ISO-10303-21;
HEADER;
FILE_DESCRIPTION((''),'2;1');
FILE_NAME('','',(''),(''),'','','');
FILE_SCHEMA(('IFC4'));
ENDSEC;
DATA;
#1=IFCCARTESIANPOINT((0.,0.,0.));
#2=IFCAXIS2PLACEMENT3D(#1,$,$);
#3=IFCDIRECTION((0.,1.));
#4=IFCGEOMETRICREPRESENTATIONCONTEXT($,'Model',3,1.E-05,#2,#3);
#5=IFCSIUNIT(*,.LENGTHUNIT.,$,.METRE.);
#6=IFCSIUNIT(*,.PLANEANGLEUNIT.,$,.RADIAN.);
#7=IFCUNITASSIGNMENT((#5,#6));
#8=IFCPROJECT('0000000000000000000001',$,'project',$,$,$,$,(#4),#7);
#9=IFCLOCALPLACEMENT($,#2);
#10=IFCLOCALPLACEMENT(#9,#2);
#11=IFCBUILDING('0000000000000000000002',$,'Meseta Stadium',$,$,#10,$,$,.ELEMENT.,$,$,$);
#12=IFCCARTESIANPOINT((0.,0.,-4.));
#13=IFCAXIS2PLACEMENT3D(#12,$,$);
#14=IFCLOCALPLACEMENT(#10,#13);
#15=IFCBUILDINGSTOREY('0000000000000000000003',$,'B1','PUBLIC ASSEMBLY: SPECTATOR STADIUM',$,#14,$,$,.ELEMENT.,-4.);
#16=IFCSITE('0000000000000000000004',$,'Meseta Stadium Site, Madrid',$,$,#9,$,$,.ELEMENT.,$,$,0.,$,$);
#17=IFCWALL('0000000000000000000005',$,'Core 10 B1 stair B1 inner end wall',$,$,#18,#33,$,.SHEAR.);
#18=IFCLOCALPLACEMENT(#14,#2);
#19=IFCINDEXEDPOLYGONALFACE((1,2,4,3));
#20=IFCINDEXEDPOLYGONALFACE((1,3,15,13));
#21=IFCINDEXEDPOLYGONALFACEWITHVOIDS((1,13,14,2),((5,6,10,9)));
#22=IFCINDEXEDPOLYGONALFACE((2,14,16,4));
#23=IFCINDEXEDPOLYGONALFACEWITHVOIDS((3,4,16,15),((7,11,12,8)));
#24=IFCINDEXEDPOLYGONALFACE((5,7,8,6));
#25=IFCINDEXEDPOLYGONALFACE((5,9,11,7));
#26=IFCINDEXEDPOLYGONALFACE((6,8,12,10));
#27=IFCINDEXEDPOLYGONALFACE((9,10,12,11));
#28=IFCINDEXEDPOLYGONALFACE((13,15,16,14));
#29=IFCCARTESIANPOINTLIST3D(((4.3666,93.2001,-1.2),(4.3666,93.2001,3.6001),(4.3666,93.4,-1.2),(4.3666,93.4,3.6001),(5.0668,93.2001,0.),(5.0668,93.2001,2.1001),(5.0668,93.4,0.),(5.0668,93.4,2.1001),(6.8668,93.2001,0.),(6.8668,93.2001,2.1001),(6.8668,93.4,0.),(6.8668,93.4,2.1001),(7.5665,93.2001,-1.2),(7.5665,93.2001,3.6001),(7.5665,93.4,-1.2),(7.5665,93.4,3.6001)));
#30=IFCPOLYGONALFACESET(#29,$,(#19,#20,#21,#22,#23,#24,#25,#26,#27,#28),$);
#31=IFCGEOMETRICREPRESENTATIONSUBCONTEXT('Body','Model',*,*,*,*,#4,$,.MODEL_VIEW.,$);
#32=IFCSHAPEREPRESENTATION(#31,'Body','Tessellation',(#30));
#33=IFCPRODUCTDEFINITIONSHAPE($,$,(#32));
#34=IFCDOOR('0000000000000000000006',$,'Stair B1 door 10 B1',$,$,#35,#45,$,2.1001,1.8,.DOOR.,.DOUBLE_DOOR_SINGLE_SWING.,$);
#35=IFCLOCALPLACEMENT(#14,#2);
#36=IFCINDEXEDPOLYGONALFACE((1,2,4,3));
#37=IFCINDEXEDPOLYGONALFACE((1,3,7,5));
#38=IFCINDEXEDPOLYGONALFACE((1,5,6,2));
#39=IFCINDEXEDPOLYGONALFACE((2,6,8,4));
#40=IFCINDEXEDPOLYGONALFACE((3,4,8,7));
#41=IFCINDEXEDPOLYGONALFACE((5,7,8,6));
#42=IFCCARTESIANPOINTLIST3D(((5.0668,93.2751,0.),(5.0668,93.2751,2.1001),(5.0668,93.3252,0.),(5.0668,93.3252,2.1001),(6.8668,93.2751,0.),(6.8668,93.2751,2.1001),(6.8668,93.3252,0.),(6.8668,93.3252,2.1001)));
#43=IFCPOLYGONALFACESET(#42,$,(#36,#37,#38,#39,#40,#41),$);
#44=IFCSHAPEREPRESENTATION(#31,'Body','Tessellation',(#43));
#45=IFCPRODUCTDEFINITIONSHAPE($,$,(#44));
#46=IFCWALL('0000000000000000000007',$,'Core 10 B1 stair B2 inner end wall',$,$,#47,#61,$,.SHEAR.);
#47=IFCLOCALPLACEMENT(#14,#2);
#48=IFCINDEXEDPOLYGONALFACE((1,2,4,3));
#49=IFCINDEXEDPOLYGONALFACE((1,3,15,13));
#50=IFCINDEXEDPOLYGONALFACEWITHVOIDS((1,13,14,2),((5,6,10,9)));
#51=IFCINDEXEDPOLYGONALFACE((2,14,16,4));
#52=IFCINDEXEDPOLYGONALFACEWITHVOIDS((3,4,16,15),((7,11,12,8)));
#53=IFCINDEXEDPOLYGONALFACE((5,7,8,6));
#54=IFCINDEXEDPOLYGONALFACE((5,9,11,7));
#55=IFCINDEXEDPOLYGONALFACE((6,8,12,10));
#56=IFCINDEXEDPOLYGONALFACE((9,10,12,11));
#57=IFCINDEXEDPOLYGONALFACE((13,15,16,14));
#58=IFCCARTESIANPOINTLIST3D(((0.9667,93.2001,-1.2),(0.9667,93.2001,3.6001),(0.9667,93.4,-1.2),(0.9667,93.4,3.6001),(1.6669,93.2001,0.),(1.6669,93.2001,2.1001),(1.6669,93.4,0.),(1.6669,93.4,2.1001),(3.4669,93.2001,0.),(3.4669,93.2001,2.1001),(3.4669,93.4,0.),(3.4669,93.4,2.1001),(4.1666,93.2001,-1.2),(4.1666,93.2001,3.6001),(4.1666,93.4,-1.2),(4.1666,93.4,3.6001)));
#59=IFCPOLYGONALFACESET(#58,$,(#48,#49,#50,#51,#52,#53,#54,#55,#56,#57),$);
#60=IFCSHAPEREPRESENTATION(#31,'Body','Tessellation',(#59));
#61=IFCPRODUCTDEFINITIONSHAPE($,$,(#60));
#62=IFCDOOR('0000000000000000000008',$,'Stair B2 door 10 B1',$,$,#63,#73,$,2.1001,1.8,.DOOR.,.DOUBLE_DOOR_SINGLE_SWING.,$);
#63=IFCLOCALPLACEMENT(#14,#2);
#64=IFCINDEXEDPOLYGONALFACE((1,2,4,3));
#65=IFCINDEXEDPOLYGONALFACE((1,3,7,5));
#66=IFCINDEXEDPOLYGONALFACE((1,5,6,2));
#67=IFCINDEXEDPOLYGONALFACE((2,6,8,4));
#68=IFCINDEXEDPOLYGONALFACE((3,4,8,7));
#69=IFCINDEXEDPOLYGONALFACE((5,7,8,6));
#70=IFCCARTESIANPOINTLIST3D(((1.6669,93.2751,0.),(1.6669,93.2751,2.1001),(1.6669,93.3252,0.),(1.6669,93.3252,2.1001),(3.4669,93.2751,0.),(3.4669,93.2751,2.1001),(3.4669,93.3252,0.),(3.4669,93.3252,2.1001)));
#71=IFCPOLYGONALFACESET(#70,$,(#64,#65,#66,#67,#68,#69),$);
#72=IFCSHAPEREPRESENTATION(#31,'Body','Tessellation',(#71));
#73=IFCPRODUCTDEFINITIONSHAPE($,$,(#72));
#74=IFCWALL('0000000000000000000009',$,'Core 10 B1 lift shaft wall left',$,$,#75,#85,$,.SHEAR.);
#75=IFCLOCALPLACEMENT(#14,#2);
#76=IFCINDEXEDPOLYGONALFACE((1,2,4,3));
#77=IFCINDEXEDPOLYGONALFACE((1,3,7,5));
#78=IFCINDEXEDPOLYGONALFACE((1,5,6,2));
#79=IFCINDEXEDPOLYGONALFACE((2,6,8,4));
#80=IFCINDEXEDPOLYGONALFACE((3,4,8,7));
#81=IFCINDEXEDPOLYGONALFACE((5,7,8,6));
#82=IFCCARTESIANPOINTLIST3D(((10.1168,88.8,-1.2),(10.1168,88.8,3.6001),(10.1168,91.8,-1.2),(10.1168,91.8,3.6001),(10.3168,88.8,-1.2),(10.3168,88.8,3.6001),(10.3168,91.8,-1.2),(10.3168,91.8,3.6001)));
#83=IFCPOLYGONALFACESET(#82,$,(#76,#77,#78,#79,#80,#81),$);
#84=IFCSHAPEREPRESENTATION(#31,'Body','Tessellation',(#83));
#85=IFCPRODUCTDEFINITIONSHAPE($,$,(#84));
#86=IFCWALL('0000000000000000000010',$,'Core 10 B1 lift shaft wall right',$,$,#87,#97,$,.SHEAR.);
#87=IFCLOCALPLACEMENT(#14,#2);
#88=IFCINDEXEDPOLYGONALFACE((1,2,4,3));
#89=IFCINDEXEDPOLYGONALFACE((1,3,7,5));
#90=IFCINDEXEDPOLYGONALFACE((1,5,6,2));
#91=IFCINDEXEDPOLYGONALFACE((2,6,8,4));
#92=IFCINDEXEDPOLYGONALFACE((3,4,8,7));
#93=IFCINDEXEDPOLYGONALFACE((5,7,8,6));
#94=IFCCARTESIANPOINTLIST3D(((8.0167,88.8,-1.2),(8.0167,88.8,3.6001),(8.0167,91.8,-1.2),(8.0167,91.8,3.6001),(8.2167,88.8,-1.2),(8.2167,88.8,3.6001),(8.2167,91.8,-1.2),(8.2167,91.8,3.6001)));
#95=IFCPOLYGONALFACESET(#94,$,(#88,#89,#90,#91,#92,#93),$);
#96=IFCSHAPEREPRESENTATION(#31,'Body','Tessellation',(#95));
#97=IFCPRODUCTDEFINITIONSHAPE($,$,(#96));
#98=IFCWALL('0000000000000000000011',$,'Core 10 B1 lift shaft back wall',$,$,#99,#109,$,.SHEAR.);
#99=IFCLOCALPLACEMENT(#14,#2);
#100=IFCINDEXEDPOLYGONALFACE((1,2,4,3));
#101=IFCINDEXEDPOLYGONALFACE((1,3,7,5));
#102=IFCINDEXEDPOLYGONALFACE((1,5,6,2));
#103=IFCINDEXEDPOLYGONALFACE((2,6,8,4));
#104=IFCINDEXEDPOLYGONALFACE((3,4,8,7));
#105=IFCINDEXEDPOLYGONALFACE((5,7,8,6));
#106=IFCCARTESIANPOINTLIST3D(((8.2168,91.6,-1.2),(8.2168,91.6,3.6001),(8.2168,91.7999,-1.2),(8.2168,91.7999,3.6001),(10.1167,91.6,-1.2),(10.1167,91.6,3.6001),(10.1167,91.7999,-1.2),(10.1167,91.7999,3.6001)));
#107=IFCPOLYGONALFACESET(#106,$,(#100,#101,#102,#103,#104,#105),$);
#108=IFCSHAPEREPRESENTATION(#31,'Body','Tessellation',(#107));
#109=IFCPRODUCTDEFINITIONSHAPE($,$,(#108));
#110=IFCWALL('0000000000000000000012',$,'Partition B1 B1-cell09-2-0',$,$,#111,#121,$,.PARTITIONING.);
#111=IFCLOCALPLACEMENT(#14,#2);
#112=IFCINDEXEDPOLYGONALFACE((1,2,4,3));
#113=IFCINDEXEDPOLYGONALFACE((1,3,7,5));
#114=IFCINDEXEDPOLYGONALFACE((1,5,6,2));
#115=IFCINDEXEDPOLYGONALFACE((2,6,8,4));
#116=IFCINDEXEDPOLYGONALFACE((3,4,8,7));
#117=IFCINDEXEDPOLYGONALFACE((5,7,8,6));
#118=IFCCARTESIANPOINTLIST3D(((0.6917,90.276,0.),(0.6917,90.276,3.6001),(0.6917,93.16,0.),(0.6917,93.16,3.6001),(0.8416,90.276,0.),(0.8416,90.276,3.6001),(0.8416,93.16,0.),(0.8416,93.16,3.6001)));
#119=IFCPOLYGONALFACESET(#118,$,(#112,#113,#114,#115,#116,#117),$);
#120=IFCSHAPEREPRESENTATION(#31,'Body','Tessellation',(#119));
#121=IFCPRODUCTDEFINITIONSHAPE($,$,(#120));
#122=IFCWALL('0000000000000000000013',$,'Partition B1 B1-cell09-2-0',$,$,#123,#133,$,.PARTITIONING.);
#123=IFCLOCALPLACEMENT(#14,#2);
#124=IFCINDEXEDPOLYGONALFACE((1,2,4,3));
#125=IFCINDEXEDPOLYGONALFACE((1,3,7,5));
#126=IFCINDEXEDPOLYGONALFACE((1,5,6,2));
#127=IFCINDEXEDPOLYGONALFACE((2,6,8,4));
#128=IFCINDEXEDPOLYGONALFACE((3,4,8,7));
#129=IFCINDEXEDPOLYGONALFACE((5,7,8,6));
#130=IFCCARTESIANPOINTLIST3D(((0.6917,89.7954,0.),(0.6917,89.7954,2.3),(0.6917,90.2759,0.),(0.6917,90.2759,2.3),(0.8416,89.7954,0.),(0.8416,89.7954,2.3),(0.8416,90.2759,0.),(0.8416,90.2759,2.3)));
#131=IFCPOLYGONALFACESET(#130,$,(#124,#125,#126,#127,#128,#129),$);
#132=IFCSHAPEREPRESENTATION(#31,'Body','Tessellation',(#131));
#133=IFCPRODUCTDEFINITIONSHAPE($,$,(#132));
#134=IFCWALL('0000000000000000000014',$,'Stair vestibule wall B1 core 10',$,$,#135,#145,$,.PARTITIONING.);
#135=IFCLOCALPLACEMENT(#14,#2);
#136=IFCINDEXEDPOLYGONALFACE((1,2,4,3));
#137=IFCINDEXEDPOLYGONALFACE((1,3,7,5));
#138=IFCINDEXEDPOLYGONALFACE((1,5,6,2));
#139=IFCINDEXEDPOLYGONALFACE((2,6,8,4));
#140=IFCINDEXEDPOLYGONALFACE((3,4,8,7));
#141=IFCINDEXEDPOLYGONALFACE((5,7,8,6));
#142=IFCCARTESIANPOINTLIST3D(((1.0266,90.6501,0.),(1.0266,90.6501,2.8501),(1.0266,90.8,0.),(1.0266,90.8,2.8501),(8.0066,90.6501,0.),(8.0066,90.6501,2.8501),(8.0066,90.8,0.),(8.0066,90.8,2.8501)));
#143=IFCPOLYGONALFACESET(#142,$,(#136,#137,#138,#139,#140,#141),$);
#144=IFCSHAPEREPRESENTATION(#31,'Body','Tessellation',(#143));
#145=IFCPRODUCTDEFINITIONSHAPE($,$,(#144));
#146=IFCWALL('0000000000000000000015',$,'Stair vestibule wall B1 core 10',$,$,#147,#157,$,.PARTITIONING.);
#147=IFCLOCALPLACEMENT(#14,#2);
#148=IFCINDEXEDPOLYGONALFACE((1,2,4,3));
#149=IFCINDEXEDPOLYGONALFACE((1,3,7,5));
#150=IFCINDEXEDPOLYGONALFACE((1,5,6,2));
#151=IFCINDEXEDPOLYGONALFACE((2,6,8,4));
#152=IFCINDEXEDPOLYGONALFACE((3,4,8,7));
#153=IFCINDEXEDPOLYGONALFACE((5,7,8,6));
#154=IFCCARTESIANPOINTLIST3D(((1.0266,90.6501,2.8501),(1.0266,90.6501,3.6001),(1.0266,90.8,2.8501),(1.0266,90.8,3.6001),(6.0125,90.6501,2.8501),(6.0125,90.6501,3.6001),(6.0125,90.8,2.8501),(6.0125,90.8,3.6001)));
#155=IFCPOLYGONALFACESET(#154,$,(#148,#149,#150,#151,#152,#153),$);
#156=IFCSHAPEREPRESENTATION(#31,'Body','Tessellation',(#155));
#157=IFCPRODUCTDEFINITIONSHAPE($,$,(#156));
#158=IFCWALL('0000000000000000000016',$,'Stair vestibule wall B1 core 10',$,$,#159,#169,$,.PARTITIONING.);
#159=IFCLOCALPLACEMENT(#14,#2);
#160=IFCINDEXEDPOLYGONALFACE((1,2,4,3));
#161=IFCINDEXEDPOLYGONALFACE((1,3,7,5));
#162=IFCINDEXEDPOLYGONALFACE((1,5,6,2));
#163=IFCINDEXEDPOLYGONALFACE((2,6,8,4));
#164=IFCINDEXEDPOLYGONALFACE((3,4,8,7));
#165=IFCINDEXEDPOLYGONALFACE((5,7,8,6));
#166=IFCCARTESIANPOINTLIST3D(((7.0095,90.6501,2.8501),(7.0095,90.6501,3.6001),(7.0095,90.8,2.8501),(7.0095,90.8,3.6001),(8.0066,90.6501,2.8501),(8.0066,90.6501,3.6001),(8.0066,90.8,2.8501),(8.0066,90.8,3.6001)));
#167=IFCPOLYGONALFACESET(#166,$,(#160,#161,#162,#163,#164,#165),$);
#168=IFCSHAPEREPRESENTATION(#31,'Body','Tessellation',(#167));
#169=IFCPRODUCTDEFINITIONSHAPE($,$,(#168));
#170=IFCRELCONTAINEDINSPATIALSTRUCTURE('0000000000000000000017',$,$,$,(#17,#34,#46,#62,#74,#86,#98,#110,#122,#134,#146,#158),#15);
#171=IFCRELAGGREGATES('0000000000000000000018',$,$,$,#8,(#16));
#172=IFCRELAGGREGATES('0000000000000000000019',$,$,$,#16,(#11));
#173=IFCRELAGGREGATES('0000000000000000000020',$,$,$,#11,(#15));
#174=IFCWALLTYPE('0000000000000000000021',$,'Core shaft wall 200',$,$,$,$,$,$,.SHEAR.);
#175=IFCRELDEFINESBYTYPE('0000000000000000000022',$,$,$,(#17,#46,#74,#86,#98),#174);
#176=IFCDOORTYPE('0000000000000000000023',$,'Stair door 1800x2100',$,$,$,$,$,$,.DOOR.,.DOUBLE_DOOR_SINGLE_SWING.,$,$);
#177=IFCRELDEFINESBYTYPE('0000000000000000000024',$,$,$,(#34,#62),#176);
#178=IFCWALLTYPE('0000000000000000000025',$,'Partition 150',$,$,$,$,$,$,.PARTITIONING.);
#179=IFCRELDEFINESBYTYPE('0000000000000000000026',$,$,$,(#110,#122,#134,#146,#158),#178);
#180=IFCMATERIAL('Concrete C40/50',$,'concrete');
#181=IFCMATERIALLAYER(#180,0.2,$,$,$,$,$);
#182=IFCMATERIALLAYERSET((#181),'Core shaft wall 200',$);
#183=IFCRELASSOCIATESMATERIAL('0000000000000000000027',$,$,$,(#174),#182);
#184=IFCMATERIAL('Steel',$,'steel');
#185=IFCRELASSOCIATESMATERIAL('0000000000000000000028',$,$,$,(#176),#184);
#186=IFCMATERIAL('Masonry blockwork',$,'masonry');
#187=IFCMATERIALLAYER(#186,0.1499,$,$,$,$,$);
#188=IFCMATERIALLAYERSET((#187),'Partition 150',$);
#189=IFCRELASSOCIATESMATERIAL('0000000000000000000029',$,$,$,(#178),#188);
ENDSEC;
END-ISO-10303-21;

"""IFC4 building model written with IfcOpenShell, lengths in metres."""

from ifc_helpers import new_model, si_unit, direction, frame, frame_2d, origin, place, context, subcontext, project, spatial, rectangle, extrude, material, layer, layer_set, type_object, element, fill, save


model = new_model("IFC4")

# Units and contexts
model_context = context("Model", 3, precision=1e-05, world=origin(), true_north=direction((0.0, 1.0)))
body_context = subcontext(model_context, "Body", "Model", "MODEL_VIEW")
ifc_project = project(units=[si_unit("LENGTHUNIT", "METRE"), si_unit("PLANEANGLEUNIT", "RADIAN")], contexts=[model_context])

# Site, building, storey
site_placement = place(None, origin())
site = spatial("IfcSite", under=ifc_project, at=site_placement, Name="Meseta Stadium Site, Madrid", CompositionType="ELEMENT", RefElevation=0.0)
building_placement = place(site_placement, origin())
building = spatial("IfcBuilding", under=site, at=building_placement, Name="Meseta Stadium", CompositionType="ELEMENT")
storey_placement = place(building_placement, frame((0.0, 0.0, -4.0)))
storey = spatial("IfcBuildingStorey", under=building, at=storey_placement, Name="B1", Description="PUBLIC ASSEMBLY: SPECTATOR STADIUM", CompositionType="ELEMENT", Elevation=-4.0)

# Walls, openings, doors
ifc_material_1 = material(Name="Concrete C40/50", Category="concrete")
ifc_layer_1 = layer(ifc_material_1, 0.2)
ifc_layer_set_1 = layer_set([ifc_layer_1], Name="Core shaft wall 200")
wall_type_1 = type_object("IfcWallType", Name="Core shaft wall 200", PredefinedType="SHEAR", material=ifc_layer_set_1)
wall_1_placement = place(storey_placement, frame((7.5667, 93.3, -1.2), z_axis=(0.0, 0.0, 1.0), x_axis=(-1.0, 0.0, 0.0)))
wall_1 = element("IfcWall", 1, at=wall_1_placement, inside=storey, type_object=wall_type_1, Name="Core 10 B1 stair B1 inner end wall", PredefinedType="SHEAR", context=body_context, shape_type="SweptSolid", body=[
    extrude(rectangle(XDim=3.2, YDim=0.2, at=frame_2d((1.6001, 0.0))), origin(), (0.0, 0.0, 1.0), 4.8),
])
opening_1_placement = place(wall_1_placement, frame((0.7, 0.0, 1.2)))
opening_1 = element("IfcOpeningElement", 2, at=opening_1_placement, cuts=wall_1, PredefinedType="OPENING", context=body_context, shape_type="SweptSolid", body=[
    extrude(rectangle(XDim=1.8, YDim=2.1001, at=frame_2d((0.8999, 1.05))), frame((0.0, 0.1099, 0.0), z_axis=(0.0, -1.0, 0.0), x_axis=(1.0, 0.0, 0.0)), (0.0, 0.0, 1.0), 0.22),
])
ifc_material_2 = material(Name="Steel", Category="steel")
door_type_1 = type_object("IfcDoorType", Name="Stair door 1800x2100", OperationType="DOUBLE_DOOR_SINGLE_SWING", PredefinedType="DOOR", material=ifc_material_2)
door_1_placement = place(opening_1_placement, origin())
door_1 = element("IfcDoor", 3, at=door_1_placement, inside=storey, type_object=door_type_1, Name="Stair B1 door 10 B1", OperationType="DOUBLE_DOOR_SINGLE_SWING", OverallHeight=2.1001, OverallWidth=1.8, PredefinedType="DOOR", context=body_context, shape_type="SweptSolid", body=[
    extrude(rectangle(XDim=1.8, YDim=2.1001, at=frame_2d((0.8999, 1.05))), frame((0.0, 0.0249, 0.0), z_axis=(0.0, -1.0, 0.0), x_axis=(1.0, 0.0, 0.0)), (0.0, 0.0, 1.0), 0.05),
])
fill(opening_1, door_1)
wall_2_placement = place(storey_placement, frame((4.1667, 93.3, -1.2), z_axis=(0.0, 0.0, 1.0), x_axis=(-1.0, 0.0, 0.0)))
wall_2 = element("IfcWall", 4, at=wall_2_placement, inside=storey, type_object=wall_type_1, Name="Core 10 B1 stair B2 inner end wall", PredefinedType="SHEAR", context=body_context, shape_type="SweptSolid", body=[
    extrude(rectangle(XDim=3.2, YDim=0.2, at=frame_2d((1.6001, 0.0))), origin(), (0.0, 0.0, 1.0), 4.8),
])
opening_2_placement = place(wall_2_placement, frame((0.7, 0.0, 1.2)))
opening_2 = element("IfcOpeningElement", 5, at=opening_2_placement, cuts=wall_2, PredefinedType="OPENING", context=body_context, shape_type="SweptSolid", body=[
    extrude(rectangle(XDim=1.8, YDim=2.1001, at=frame_2d((0.8999, 1.05))), frame((0.0, 0.1099, 0.0), z_axis=(0.0, -1.0, 0.0), x_axis=(1.0, 0.0, 0.0)), (0.0, 0.0, 1.0), 0.22),
])
door_2_placement = place(opening_2_placement, origin())
door_2 = element("IfcDoor", 6, at=door_2_placement, inside=storey, type_object=door_type_1, Name="Stair B2 door 10 B1", OperationType="DOUBLE_DOOR_SINGLE_SWING", OverallHeight=2.1001, OverallWidth=1.8, PredefinedType="DOOR", context=body_context, shape_type="SweptSolid", body=[
    extrude(rectangle(XDim=1.8, YDim=2.1001, at=frame_2d((0.8999, 1.05))), frame((0.0, 0.0249, 0.0), z_axis=(0.0, -1.0, 0.0), x_axis=(1.0, 0.0, 0.0)), (0.0, 0.0, 1.0), 0.05),
])
fill(opening_2, door_2)

# Walls
for number, where, z_axis, x_axis, name in (
    (7, (10.2168, 91.8, -1.2), (0.0, 0.0, 1.0), (0.0, -1.0, 0.0), "Core 10 B1 lift shaft wall left"),
    (8, (8.1167, 91.8, -1.2), (0.0, 0.0, 1.0), (0.0, -1.0, 0.0), "Core 10 B1 lift shaft wall right"),
):
    element("IfcWall", number, at=place(storey_placement, frame(where, z_axis=z_axis, x_axis=x_axis)), inside=storey, type_object=wall_type_1, Name=name, PredefinedType="SHEAR", context=body_context, shape_type="SweptSolid", body=[
        extrude(rectangle(XDim=3.0, YDim=0.2, at=frame_2d((1.5, 0.0))), origin(), (0.0, 0.0, 1.0), 4.8),
    ])
wall_3_placement = place(storey_placement, frame((10.1167, 91.7, -1.2), z_axis=(0.0, 0.0, 1.0), x_axis=(-1.0, 0.0, 0.0)))
element("IfcWall", 9, at=wall_3_placement, inside=storey, type_object=wall_type_1, Name="Core 10 B1 lift shaft back wall", PredefinedType="SHEAR", context=body_context, shape_type="SweptSolid", body=[
    extrude(rectangle(XDim=1.8999, YDim=0.2, at=frame_2d((0.95, 0.0))), origin(), (0.0, 0.0, 1.0), 4.8),
])
ifc_material_3 = material(Name="Masonry blockwork", Category="masonry")
ifc_layer_2 = layer(ifc_material_3, 0.1499)
ifc_layer_set_2 = layer_set([ifc_layer_2], Name="Partition 150")
wall_type_2 = type_object("IfcWallType", Name="Partition 150", PredefinedType="PARTITIONING", material=ifc_layer_set_2)
wall_4_placement = place(storey_placement, frame((0.7666, 93.1599, 0.0), z_axis=(0.0, 0.0, 1.0), x_axis=(0.0, -1.0, 0.0)))
element("IfcWall", 10, at=wall_4_placement, inside=storey, type_object=wall_type_2, Name="Partition B1 B1-cell09-2-0", PredefinedType="PARTITIONING", context=body_context, shape_type="SweptSolid", body=[
    extrude(rectangle(XDim=2.884, YDim=0.1499, at=frame_2d((1.4419, 0.0))), origin(), (0.0, 0.0, 1.0), 3.6001),
])
wall_5_placement = place(storey_placement, frame((0.7666, 90.2759, 0.0), z_axis=(0.0, 0.0, 1.0), x_axis=(0.0, -1.0, 0.0)))
element("IfcWall", 11, at=wall_5_placement, inside=storey, type_object=wall_type_2, Name="Partition B1 B1-cell09-2-0", PredefinedType="PARTITIONING", context=body_context, shape_type="SweptSolid", body=[
    extrude(rectangle(XDim=0.4805, YDim=0.1499, at=frame_2d((0.2402, 0.0))), origin(), (0.0, 0.0, 1.0), 2.3),
])
wall_6_placement = place(storey_placement, frame((1.0266, 90.7251, 0.0), z_axis=(0.0, 0.0, 1.0), x_axis=(1.0, 0.0, 0.0)))
element("IfcWall", 12, at=wall_6_placement, inside=storey, type_object=wall_type_2, Name="Stair vestibule wall B1 core 10", PredefinedType="PARTITIONING", context=body_context, shape_type="SweptSolid", body=[
    extrude(rectangle(XDim=6.98, YDim=0.1499, at=frame_2d((3.49, 0.0))), origin(), (0.0, 0.0, 1.0), 2.8501),
])
wall_7_placement = place(storey_placement, frame((1.0266, 90.7251, 2.8501), z_axis=(0.0, 0.0, 1.0), x_axis=(1.0, 0.0, 0.0)))
element("IfcWall", 13, at=wall_7_placement, inside=storey, type_object=wall_type_2, Name="Stair vestibule wall B1 core 10", PredefinedType="PARTITIONING", context=body_context, shape_type="SweptSolid", body=[
    extrude(rectangle(XDim=4.9858, YDim=0.1499, at=frame_2d((2.4929, 0.0))), origin(), (0.0, 0.0, 1.0), 0.75),
])
wall_8_placement = place(storey_placement, frame((7.0095, 90.7251, 2.8501), z_axis=(0.0, 0.0, 1.0), x_axis=(1.0, 0.0, 0.0)))
element("IfcWall", 14, at=wall_8_placement, inside=storey, type_object=wall_type_2, Name="Stair vestibule wall B1 core 10", PredefinedType="PARTITIONING", context=body_context, shape_type="SweptSolid", body=[
    extrude(rectangle(XDim=0.9971, YDim=0.1499, at=frame_2d((0.4985, 0.0))), origin(), (0.0, 0.0, 1.0), 0.75),
])

save(model, "model.ifc")
